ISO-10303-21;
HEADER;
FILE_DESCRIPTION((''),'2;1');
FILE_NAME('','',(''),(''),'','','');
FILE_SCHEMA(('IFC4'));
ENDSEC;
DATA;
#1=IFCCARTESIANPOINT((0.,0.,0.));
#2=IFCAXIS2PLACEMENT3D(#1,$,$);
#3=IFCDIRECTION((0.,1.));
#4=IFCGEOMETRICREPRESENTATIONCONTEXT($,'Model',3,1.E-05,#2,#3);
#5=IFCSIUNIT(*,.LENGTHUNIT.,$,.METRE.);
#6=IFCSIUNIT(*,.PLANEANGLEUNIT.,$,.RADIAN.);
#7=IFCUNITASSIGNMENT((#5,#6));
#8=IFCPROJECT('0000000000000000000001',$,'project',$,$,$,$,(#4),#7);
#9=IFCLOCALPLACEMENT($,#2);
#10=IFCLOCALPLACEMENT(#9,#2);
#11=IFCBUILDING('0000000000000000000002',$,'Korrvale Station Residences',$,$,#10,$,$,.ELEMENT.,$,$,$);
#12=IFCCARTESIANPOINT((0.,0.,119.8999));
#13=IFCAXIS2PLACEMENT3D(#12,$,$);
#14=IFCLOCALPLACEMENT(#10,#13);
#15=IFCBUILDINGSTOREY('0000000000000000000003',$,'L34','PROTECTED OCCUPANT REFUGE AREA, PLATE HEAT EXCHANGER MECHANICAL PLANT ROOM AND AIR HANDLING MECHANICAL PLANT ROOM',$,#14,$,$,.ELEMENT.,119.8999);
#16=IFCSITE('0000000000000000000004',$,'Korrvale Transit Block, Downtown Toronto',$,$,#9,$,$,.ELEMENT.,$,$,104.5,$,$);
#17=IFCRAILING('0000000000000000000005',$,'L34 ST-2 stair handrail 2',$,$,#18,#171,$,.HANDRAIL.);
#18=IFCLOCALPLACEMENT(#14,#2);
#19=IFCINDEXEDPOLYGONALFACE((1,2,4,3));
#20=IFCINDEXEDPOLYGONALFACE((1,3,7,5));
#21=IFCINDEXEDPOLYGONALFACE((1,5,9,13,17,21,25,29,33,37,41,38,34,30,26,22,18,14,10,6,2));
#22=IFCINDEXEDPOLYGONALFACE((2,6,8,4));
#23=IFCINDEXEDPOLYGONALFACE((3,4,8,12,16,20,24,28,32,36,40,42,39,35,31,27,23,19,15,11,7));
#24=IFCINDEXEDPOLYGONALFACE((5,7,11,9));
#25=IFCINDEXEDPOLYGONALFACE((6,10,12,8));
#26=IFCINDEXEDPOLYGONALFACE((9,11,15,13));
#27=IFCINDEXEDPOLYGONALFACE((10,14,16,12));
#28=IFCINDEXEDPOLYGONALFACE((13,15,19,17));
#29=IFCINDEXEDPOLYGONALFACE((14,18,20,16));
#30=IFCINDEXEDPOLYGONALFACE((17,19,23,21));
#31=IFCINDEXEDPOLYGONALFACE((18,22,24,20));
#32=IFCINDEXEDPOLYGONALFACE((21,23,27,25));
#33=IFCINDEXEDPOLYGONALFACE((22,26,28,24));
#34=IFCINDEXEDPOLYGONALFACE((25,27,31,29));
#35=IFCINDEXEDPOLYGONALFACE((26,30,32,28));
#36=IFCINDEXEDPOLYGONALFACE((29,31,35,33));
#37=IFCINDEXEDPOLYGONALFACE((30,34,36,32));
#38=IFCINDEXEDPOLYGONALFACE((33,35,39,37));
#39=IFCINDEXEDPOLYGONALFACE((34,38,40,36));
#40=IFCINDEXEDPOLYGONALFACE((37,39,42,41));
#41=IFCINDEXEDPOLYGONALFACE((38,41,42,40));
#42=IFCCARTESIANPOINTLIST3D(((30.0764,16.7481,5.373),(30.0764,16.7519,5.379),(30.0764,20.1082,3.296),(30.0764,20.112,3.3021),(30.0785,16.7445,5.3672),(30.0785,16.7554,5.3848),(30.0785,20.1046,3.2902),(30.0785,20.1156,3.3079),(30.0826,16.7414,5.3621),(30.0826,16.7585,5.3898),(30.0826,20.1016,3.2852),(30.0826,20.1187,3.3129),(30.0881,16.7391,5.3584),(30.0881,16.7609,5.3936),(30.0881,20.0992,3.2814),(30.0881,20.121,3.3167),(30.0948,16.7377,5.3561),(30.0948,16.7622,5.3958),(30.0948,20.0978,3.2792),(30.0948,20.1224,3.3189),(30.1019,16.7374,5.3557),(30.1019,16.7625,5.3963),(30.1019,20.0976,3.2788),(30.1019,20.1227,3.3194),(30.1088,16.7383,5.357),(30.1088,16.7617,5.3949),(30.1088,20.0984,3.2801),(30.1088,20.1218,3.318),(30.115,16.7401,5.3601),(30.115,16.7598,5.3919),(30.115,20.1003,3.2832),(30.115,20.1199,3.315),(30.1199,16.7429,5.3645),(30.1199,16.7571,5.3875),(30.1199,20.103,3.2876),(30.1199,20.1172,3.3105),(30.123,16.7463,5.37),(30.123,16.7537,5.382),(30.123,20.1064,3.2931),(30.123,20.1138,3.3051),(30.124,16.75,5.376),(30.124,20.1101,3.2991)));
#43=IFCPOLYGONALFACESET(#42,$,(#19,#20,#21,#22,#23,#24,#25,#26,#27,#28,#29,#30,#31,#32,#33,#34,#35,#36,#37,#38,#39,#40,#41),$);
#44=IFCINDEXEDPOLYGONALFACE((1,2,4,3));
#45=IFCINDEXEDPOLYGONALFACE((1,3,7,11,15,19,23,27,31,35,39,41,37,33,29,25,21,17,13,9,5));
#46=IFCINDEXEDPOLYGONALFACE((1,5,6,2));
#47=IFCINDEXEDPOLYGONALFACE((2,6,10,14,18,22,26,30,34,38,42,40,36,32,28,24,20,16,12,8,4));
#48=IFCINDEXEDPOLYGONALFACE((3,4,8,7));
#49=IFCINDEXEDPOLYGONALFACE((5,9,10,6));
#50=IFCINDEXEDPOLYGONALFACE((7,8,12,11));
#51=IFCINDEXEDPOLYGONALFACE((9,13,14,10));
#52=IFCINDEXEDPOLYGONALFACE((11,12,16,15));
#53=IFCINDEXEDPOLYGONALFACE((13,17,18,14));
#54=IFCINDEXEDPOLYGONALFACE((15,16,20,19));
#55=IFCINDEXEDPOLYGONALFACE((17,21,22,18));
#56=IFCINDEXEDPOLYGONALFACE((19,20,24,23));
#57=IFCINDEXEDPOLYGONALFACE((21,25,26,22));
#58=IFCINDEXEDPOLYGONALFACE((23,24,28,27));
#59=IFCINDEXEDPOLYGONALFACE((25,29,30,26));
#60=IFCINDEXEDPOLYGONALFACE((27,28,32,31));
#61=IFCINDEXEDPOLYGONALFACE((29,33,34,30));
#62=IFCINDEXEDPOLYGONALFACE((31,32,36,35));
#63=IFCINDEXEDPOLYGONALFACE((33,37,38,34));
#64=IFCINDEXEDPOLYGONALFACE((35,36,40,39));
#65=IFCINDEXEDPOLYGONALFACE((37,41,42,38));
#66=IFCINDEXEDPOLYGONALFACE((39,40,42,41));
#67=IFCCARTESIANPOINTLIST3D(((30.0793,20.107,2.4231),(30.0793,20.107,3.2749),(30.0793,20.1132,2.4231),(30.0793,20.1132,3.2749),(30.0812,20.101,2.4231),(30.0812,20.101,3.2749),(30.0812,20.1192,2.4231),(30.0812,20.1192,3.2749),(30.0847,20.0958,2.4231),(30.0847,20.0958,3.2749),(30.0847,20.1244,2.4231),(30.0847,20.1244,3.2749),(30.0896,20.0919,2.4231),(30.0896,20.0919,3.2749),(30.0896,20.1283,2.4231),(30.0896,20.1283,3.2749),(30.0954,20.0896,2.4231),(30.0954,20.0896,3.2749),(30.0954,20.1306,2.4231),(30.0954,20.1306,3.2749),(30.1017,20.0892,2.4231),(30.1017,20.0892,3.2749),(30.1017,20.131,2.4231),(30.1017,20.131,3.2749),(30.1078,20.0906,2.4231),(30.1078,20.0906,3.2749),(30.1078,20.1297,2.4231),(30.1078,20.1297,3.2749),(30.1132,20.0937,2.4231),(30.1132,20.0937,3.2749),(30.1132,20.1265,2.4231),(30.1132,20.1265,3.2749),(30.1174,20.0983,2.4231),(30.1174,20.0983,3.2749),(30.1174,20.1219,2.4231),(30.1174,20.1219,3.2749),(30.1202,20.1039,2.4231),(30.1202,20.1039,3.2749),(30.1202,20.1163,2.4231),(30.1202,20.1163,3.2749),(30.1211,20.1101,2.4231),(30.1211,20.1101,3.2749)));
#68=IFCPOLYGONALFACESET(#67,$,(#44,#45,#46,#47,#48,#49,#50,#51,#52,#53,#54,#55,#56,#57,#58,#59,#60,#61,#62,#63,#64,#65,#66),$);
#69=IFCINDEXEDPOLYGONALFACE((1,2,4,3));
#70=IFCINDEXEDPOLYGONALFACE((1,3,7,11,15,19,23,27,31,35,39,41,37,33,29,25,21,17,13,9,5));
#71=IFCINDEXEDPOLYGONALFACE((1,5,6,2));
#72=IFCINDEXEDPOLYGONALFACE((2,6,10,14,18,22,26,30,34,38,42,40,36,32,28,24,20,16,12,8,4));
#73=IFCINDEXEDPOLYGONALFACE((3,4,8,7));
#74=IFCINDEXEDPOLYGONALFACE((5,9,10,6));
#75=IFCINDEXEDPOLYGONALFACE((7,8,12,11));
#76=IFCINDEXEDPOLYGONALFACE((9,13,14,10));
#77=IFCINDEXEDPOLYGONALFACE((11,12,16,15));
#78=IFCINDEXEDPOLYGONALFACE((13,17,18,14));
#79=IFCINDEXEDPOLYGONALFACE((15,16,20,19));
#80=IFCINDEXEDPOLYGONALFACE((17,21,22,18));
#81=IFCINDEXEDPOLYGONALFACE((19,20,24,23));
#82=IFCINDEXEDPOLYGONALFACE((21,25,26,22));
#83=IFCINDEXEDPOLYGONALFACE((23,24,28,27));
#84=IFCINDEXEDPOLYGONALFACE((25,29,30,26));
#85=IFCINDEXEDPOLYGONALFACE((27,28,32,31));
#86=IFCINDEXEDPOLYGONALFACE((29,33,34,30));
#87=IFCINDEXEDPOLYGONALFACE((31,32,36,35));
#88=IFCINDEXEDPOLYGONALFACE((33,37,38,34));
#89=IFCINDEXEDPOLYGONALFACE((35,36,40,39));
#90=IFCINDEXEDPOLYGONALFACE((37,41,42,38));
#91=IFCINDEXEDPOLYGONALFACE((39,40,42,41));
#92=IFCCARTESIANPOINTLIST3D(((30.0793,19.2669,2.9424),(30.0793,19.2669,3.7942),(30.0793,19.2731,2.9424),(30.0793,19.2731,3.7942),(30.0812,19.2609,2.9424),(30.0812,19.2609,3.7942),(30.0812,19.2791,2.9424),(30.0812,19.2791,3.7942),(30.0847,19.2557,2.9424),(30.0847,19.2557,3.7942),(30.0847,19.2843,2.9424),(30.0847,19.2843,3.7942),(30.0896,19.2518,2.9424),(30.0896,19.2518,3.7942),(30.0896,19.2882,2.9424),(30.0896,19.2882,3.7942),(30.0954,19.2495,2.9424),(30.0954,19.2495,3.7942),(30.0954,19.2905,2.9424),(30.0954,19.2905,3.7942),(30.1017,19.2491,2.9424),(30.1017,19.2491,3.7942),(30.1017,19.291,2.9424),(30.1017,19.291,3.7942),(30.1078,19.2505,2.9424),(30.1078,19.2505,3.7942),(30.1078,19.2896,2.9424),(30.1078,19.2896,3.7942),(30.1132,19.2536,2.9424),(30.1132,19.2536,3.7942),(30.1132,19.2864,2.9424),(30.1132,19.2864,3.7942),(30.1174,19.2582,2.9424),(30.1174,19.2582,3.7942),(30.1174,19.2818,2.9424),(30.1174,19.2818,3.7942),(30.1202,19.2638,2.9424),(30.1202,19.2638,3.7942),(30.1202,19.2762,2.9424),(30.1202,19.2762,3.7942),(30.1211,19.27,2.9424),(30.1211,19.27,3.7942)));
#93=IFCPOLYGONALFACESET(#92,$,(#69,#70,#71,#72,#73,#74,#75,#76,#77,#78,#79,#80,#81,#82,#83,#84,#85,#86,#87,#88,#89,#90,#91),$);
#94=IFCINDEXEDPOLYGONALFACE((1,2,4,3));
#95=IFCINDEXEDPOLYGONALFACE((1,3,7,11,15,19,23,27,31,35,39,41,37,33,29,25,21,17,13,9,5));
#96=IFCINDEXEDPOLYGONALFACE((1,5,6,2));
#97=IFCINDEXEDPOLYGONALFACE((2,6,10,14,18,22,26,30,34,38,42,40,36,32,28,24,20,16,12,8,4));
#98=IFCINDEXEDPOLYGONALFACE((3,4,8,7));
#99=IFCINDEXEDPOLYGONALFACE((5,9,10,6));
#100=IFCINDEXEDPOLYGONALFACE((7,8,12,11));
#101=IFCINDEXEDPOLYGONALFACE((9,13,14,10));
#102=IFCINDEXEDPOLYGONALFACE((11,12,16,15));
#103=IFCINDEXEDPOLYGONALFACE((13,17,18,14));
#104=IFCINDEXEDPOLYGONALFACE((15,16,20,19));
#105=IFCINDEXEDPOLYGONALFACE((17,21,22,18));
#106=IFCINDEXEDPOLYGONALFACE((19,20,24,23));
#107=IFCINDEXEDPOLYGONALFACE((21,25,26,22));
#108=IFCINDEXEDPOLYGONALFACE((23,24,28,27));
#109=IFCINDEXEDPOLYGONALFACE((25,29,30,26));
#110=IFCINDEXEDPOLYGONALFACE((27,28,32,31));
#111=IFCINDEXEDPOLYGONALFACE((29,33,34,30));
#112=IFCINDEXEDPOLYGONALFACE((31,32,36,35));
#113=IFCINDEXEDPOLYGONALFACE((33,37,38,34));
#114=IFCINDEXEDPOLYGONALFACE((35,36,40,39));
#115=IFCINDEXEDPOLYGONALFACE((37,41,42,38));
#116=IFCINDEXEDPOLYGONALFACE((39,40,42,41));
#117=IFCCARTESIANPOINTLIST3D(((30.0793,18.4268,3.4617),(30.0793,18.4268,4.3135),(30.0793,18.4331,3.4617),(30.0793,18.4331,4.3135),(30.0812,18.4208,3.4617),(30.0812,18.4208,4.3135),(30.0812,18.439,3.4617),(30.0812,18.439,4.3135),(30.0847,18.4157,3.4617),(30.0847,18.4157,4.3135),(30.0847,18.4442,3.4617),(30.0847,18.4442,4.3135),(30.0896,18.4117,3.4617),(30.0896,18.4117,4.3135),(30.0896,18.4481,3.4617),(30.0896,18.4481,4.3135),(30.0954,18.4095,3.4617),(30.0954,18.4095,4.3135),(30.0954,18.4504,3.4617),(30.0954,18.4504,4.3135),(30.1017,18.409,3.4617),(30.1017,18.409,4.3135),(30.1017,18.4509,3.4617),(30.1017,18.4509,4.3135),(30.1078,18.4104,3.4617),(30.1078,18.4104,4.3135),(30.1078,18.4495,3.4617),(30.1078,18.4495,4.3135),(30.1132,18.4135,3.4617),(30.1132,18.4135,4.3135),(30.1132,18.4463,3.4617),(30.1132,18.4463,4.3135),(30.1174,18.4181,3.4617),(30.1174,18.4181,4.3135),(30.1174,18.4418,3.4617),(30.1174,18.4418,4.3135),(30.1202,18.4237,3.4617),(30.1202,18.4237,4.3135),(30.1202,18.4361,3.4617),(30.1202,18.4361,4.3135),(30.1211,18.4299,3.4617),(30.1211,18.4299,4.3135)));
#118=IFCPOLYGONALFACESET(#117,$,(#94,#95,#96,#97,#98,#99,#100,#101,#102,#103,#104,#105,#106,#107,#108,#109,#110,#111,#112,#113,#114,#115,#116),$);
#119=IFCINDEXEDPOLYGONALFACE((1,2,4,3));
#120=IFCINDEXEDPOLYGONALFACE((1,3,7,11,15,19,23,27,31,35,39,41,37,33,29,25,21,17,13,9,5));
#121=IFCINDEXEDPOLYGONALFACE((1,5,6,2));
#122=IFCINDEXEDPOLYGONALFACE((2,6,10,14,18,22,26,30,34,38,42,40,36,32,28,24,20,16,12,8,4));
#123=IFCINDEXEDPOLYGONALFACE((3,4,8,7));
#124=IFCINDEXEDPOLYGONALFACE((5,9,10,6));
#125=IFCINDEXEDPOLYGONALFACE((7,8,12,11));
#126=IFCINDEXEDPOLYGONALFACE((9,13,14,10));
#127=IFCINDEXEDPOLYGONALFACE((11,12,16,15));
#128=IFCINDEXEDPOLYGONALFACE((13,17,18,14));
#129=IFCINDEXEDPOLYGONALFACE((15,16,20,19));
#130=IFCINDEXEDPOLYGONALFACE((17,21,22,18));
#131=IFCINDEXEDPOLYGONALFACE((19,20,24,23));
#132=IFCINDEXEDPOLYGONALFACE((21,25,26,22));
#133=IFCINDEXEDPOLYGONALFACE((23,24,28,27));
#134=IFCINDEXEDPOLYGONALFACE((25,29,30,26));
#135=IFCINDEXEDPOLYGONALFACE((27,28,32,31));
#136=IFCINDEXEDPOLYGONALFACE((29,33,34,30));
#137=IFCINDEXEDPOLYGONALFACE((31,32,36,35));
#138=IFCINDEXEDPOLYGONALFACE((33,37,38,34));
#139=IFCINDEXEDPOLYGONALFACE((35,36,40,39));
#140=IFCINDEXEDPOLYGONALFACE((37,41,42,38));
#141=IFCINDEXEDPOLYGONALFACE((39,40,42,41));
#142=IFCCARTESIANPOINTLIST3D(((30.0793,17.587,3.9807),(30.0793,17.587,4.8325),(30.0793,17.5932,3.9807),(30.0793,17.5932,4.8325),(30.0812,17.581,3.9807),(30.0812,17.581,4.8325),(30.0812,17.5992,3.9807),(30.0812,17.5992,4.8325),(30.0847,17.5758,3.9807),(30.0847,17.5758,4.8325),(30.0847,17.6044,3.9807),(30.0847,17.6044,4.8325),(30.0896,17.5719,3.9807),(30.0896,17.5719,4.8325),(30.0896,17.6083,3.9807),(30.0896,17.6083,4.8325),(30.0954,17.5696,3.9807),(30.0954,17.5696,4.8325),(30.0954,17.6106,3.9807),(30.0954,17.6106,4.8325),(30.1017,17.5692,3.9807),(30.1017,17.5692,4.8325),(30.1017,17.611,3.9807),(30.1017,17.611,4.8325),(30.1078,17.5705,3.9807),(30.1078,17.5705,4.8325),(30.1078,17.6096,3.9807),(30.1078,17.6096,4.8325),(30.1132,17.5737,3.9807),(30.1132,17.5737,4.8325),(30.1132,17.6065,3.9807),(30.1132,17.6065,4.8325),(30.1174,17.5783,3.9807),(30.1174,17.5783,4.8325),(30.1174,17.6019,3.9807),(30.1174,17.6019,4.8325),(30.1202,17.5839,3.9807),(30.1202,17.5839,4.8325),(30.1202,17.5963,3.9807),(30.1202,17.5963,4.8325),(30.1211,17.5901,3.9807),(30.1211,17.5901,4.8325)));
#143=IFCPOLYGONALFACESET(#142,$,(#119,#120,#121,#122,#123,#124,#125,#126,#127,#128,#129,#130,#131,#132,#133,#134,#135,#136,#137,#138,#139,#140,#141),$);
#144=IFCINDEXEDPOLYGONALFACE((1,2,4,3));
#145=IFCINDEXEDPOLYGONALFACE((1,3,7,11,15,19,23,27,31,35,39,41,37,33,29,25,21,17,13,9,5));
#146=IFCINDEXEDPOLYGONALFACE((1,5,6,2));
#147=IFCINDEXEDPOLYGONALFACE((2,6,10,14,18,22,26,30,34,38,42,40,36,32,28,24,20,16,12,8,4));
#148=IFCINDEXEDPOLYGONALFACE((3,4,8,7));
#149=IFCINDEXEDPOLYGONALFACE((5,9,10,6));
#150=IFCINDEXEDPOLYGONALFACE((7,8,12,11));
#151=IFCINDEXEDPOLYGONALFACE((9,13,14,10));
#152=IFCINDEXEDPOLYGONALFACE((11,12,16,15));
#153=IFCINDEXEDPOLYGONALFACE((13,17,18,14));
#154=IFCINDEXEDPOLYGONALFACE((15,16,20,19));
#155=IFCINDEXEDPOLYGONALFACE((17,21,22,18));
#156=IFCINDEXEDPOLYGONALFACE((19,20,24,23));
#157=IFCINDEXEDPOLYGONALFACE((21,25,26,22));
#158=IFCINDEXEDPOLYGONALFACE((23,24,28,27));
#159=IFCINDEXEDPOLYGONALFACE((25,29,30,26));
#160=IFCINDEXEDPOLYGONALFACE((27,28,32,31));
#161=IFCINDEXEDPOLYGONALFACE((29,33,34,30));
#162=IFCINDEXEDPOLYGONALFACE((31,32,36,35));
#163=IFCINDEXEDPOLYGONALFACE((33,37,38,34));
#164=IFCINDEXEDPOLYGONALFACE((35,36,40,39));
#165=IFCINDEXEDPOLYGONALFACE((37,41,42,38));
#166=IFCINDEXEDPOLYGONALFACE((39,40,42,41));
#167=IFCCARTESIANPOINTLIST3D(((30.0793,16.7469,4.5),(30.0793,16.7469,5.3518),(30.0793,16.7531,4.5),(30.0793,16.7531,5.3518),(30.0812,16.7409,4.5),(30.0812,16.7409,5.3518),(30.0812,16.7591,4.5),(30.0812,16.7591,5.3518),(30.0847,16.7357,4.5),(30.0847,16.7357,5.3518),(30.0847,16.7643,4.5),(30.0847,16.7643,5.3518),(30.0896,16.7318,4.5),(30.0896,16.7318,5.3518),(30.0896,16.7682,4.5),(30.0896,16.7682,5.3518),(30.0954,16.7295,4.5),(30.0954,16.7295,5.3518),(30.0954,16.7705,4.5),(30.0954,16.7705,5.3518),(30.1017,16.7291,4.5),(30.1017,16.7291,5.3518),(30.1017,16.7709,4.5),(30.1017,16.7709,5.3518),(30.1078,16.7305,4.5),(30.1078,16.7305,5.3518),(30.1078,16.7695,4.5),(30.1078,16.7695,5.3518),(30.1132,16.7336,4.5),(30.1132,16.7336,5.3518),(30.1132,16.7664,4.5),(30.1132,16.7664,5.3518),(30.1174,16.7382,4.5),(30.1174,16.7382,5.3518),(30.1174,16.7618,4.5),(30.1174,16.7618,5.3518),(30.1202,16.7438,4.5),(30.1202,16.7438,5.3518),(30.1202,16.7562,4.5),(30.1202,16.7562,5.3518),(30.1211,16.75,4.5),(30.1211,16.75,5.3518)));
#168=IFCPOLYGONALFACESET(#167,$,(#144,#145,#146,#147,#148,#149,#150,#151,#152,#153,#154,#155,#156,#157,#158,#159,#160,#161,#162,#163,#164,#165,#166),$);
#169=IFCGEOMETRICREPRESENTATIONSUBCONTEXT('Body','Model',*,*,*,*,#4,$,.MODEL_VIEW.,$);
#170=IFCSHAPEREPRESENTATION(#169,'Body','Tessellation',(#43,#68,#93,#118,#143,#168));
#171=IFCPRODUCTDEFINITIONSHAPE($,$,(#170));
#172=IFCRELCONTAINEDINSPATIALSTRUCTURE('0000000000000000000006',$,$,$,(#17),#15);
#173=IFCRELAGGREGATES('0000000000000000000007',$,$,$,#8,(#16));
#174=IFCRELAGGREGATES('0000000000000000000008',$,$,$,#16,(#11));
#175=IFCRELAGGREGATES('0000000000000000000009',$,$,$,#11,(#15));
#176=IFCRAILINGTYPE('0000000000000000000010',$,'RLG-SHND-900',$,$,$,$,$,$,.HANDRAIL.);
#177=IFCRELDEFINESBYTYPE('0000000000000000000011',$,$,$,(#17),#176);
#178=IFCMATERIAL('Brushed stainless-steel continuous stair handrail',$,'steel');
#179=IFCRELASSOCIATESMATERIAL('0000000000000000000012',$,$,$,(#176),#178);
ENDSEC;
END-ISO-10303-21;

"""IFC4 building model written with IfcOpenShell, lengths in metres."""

from ifc_helpers import new_model, si_unit, direction, frame, origin, origin_2d, place, context, subcontext, project, spatial, circle, extrude, material, type_object, element, save


model = new_model("IFC4")

# Units and contexts
model_context = context("Model", 3, precision=1e-05, world=origin(), true_north=direction((0.0, 1.0)))
body_context = subcontext(model_context, "Body", "Model", "MODEL_VIEW")
ifc_project = project(units=[si_unit("LENGTHUNIT", "METRE"), si_unit("PLANEANGLEUNIT", "RADIAN")], contexts=[model_context])

# Site, building, storey
site_placement = place(None, origin())
site = spatial("IfcSite", under=ifc_project, at=site_placement, Name="Korrvale Transit Block, Downtown Toronto", CompositionType="ELEMENT", RefElevation=104.5)
building_placement = place(site_placement, origin())
building = spatial("IfcBuilding", under=site, at=building_placement, Name="Korrvale Station Residences", CompositionType="ELEMENT")
storey_placement = place(building_placement, frame((0.0, 0.0, 119.8999)))
storey = spatial("IfcBuildingStorey", under=building, at=storey_placement, Name="L34", Description="PROTECTED OCCUPANT REFUGE AREA, PLATE HEAT EXCHANGER MECHANICAL PLANT ROOM AND AIR HANDLING MECHANICAL PLANT ROOM", CompositionType="ELEMENT", Elevation=119.8999)

# Railing
ifc_material_1 = material(Name="Brushed stainless-steel continuous stair handrail", Category="steel")
railing_type_1 = type_object("IfcRailingType", Name="RLG-SHND-900", PredefinedType="HANDRAIL", material=ifc_material_1)
railing_1_placement = place(storey_placement, frame((30.1001, 20.1101, 2.4231)))
element("IfcRailing", 1, at=railing_1_placement, inside=storey, type_object=railing_type_1, Name="L34 ST-2 stair handrail 2", PredefinedType="HANDRAIL", context=body_context, shape_type="SweptSolid", body=[
    extrude(circle(Radius=0.0239, at=origin_2d()), frame((0.0, 0.0, 0.876), z_axis=(0.0, -0.850623, 0.525776), x_axis=(1.0, 0.0, 0.0)), (0.0, 0.0, 1.0), 3.9502),
    extrude(circle(Radius=0.021, at=origin_2d()), origin(), (0.0, 0.0, 1.0), 0.8518),
    extrude(circle(Radius=0.021, at=origin_2d()), frame((0.0, -0.8401, 0.5193)), (0.0, 0.0, 1.0), 0.8518),
    extrude(circle(Radius=0.021, at=origin_2d()), frame((0.0, -1.6802, 1.0386)), (0.0, 0.0, 1.0), 0.8518),
    extrude(circle(Radius=0.021, at=origin_2d()), frame((0.0, -2.52, 1.5576)), (0.0, 0.0, 1.0), 0.8518),
    extrude(circle(Radius=0.021, at=origin_2d()), frame((0.0, -3.3601, 2.0769)), (0.0, 0.0, 1.0), 0.8518),
])

save(model, "model.ifc")
